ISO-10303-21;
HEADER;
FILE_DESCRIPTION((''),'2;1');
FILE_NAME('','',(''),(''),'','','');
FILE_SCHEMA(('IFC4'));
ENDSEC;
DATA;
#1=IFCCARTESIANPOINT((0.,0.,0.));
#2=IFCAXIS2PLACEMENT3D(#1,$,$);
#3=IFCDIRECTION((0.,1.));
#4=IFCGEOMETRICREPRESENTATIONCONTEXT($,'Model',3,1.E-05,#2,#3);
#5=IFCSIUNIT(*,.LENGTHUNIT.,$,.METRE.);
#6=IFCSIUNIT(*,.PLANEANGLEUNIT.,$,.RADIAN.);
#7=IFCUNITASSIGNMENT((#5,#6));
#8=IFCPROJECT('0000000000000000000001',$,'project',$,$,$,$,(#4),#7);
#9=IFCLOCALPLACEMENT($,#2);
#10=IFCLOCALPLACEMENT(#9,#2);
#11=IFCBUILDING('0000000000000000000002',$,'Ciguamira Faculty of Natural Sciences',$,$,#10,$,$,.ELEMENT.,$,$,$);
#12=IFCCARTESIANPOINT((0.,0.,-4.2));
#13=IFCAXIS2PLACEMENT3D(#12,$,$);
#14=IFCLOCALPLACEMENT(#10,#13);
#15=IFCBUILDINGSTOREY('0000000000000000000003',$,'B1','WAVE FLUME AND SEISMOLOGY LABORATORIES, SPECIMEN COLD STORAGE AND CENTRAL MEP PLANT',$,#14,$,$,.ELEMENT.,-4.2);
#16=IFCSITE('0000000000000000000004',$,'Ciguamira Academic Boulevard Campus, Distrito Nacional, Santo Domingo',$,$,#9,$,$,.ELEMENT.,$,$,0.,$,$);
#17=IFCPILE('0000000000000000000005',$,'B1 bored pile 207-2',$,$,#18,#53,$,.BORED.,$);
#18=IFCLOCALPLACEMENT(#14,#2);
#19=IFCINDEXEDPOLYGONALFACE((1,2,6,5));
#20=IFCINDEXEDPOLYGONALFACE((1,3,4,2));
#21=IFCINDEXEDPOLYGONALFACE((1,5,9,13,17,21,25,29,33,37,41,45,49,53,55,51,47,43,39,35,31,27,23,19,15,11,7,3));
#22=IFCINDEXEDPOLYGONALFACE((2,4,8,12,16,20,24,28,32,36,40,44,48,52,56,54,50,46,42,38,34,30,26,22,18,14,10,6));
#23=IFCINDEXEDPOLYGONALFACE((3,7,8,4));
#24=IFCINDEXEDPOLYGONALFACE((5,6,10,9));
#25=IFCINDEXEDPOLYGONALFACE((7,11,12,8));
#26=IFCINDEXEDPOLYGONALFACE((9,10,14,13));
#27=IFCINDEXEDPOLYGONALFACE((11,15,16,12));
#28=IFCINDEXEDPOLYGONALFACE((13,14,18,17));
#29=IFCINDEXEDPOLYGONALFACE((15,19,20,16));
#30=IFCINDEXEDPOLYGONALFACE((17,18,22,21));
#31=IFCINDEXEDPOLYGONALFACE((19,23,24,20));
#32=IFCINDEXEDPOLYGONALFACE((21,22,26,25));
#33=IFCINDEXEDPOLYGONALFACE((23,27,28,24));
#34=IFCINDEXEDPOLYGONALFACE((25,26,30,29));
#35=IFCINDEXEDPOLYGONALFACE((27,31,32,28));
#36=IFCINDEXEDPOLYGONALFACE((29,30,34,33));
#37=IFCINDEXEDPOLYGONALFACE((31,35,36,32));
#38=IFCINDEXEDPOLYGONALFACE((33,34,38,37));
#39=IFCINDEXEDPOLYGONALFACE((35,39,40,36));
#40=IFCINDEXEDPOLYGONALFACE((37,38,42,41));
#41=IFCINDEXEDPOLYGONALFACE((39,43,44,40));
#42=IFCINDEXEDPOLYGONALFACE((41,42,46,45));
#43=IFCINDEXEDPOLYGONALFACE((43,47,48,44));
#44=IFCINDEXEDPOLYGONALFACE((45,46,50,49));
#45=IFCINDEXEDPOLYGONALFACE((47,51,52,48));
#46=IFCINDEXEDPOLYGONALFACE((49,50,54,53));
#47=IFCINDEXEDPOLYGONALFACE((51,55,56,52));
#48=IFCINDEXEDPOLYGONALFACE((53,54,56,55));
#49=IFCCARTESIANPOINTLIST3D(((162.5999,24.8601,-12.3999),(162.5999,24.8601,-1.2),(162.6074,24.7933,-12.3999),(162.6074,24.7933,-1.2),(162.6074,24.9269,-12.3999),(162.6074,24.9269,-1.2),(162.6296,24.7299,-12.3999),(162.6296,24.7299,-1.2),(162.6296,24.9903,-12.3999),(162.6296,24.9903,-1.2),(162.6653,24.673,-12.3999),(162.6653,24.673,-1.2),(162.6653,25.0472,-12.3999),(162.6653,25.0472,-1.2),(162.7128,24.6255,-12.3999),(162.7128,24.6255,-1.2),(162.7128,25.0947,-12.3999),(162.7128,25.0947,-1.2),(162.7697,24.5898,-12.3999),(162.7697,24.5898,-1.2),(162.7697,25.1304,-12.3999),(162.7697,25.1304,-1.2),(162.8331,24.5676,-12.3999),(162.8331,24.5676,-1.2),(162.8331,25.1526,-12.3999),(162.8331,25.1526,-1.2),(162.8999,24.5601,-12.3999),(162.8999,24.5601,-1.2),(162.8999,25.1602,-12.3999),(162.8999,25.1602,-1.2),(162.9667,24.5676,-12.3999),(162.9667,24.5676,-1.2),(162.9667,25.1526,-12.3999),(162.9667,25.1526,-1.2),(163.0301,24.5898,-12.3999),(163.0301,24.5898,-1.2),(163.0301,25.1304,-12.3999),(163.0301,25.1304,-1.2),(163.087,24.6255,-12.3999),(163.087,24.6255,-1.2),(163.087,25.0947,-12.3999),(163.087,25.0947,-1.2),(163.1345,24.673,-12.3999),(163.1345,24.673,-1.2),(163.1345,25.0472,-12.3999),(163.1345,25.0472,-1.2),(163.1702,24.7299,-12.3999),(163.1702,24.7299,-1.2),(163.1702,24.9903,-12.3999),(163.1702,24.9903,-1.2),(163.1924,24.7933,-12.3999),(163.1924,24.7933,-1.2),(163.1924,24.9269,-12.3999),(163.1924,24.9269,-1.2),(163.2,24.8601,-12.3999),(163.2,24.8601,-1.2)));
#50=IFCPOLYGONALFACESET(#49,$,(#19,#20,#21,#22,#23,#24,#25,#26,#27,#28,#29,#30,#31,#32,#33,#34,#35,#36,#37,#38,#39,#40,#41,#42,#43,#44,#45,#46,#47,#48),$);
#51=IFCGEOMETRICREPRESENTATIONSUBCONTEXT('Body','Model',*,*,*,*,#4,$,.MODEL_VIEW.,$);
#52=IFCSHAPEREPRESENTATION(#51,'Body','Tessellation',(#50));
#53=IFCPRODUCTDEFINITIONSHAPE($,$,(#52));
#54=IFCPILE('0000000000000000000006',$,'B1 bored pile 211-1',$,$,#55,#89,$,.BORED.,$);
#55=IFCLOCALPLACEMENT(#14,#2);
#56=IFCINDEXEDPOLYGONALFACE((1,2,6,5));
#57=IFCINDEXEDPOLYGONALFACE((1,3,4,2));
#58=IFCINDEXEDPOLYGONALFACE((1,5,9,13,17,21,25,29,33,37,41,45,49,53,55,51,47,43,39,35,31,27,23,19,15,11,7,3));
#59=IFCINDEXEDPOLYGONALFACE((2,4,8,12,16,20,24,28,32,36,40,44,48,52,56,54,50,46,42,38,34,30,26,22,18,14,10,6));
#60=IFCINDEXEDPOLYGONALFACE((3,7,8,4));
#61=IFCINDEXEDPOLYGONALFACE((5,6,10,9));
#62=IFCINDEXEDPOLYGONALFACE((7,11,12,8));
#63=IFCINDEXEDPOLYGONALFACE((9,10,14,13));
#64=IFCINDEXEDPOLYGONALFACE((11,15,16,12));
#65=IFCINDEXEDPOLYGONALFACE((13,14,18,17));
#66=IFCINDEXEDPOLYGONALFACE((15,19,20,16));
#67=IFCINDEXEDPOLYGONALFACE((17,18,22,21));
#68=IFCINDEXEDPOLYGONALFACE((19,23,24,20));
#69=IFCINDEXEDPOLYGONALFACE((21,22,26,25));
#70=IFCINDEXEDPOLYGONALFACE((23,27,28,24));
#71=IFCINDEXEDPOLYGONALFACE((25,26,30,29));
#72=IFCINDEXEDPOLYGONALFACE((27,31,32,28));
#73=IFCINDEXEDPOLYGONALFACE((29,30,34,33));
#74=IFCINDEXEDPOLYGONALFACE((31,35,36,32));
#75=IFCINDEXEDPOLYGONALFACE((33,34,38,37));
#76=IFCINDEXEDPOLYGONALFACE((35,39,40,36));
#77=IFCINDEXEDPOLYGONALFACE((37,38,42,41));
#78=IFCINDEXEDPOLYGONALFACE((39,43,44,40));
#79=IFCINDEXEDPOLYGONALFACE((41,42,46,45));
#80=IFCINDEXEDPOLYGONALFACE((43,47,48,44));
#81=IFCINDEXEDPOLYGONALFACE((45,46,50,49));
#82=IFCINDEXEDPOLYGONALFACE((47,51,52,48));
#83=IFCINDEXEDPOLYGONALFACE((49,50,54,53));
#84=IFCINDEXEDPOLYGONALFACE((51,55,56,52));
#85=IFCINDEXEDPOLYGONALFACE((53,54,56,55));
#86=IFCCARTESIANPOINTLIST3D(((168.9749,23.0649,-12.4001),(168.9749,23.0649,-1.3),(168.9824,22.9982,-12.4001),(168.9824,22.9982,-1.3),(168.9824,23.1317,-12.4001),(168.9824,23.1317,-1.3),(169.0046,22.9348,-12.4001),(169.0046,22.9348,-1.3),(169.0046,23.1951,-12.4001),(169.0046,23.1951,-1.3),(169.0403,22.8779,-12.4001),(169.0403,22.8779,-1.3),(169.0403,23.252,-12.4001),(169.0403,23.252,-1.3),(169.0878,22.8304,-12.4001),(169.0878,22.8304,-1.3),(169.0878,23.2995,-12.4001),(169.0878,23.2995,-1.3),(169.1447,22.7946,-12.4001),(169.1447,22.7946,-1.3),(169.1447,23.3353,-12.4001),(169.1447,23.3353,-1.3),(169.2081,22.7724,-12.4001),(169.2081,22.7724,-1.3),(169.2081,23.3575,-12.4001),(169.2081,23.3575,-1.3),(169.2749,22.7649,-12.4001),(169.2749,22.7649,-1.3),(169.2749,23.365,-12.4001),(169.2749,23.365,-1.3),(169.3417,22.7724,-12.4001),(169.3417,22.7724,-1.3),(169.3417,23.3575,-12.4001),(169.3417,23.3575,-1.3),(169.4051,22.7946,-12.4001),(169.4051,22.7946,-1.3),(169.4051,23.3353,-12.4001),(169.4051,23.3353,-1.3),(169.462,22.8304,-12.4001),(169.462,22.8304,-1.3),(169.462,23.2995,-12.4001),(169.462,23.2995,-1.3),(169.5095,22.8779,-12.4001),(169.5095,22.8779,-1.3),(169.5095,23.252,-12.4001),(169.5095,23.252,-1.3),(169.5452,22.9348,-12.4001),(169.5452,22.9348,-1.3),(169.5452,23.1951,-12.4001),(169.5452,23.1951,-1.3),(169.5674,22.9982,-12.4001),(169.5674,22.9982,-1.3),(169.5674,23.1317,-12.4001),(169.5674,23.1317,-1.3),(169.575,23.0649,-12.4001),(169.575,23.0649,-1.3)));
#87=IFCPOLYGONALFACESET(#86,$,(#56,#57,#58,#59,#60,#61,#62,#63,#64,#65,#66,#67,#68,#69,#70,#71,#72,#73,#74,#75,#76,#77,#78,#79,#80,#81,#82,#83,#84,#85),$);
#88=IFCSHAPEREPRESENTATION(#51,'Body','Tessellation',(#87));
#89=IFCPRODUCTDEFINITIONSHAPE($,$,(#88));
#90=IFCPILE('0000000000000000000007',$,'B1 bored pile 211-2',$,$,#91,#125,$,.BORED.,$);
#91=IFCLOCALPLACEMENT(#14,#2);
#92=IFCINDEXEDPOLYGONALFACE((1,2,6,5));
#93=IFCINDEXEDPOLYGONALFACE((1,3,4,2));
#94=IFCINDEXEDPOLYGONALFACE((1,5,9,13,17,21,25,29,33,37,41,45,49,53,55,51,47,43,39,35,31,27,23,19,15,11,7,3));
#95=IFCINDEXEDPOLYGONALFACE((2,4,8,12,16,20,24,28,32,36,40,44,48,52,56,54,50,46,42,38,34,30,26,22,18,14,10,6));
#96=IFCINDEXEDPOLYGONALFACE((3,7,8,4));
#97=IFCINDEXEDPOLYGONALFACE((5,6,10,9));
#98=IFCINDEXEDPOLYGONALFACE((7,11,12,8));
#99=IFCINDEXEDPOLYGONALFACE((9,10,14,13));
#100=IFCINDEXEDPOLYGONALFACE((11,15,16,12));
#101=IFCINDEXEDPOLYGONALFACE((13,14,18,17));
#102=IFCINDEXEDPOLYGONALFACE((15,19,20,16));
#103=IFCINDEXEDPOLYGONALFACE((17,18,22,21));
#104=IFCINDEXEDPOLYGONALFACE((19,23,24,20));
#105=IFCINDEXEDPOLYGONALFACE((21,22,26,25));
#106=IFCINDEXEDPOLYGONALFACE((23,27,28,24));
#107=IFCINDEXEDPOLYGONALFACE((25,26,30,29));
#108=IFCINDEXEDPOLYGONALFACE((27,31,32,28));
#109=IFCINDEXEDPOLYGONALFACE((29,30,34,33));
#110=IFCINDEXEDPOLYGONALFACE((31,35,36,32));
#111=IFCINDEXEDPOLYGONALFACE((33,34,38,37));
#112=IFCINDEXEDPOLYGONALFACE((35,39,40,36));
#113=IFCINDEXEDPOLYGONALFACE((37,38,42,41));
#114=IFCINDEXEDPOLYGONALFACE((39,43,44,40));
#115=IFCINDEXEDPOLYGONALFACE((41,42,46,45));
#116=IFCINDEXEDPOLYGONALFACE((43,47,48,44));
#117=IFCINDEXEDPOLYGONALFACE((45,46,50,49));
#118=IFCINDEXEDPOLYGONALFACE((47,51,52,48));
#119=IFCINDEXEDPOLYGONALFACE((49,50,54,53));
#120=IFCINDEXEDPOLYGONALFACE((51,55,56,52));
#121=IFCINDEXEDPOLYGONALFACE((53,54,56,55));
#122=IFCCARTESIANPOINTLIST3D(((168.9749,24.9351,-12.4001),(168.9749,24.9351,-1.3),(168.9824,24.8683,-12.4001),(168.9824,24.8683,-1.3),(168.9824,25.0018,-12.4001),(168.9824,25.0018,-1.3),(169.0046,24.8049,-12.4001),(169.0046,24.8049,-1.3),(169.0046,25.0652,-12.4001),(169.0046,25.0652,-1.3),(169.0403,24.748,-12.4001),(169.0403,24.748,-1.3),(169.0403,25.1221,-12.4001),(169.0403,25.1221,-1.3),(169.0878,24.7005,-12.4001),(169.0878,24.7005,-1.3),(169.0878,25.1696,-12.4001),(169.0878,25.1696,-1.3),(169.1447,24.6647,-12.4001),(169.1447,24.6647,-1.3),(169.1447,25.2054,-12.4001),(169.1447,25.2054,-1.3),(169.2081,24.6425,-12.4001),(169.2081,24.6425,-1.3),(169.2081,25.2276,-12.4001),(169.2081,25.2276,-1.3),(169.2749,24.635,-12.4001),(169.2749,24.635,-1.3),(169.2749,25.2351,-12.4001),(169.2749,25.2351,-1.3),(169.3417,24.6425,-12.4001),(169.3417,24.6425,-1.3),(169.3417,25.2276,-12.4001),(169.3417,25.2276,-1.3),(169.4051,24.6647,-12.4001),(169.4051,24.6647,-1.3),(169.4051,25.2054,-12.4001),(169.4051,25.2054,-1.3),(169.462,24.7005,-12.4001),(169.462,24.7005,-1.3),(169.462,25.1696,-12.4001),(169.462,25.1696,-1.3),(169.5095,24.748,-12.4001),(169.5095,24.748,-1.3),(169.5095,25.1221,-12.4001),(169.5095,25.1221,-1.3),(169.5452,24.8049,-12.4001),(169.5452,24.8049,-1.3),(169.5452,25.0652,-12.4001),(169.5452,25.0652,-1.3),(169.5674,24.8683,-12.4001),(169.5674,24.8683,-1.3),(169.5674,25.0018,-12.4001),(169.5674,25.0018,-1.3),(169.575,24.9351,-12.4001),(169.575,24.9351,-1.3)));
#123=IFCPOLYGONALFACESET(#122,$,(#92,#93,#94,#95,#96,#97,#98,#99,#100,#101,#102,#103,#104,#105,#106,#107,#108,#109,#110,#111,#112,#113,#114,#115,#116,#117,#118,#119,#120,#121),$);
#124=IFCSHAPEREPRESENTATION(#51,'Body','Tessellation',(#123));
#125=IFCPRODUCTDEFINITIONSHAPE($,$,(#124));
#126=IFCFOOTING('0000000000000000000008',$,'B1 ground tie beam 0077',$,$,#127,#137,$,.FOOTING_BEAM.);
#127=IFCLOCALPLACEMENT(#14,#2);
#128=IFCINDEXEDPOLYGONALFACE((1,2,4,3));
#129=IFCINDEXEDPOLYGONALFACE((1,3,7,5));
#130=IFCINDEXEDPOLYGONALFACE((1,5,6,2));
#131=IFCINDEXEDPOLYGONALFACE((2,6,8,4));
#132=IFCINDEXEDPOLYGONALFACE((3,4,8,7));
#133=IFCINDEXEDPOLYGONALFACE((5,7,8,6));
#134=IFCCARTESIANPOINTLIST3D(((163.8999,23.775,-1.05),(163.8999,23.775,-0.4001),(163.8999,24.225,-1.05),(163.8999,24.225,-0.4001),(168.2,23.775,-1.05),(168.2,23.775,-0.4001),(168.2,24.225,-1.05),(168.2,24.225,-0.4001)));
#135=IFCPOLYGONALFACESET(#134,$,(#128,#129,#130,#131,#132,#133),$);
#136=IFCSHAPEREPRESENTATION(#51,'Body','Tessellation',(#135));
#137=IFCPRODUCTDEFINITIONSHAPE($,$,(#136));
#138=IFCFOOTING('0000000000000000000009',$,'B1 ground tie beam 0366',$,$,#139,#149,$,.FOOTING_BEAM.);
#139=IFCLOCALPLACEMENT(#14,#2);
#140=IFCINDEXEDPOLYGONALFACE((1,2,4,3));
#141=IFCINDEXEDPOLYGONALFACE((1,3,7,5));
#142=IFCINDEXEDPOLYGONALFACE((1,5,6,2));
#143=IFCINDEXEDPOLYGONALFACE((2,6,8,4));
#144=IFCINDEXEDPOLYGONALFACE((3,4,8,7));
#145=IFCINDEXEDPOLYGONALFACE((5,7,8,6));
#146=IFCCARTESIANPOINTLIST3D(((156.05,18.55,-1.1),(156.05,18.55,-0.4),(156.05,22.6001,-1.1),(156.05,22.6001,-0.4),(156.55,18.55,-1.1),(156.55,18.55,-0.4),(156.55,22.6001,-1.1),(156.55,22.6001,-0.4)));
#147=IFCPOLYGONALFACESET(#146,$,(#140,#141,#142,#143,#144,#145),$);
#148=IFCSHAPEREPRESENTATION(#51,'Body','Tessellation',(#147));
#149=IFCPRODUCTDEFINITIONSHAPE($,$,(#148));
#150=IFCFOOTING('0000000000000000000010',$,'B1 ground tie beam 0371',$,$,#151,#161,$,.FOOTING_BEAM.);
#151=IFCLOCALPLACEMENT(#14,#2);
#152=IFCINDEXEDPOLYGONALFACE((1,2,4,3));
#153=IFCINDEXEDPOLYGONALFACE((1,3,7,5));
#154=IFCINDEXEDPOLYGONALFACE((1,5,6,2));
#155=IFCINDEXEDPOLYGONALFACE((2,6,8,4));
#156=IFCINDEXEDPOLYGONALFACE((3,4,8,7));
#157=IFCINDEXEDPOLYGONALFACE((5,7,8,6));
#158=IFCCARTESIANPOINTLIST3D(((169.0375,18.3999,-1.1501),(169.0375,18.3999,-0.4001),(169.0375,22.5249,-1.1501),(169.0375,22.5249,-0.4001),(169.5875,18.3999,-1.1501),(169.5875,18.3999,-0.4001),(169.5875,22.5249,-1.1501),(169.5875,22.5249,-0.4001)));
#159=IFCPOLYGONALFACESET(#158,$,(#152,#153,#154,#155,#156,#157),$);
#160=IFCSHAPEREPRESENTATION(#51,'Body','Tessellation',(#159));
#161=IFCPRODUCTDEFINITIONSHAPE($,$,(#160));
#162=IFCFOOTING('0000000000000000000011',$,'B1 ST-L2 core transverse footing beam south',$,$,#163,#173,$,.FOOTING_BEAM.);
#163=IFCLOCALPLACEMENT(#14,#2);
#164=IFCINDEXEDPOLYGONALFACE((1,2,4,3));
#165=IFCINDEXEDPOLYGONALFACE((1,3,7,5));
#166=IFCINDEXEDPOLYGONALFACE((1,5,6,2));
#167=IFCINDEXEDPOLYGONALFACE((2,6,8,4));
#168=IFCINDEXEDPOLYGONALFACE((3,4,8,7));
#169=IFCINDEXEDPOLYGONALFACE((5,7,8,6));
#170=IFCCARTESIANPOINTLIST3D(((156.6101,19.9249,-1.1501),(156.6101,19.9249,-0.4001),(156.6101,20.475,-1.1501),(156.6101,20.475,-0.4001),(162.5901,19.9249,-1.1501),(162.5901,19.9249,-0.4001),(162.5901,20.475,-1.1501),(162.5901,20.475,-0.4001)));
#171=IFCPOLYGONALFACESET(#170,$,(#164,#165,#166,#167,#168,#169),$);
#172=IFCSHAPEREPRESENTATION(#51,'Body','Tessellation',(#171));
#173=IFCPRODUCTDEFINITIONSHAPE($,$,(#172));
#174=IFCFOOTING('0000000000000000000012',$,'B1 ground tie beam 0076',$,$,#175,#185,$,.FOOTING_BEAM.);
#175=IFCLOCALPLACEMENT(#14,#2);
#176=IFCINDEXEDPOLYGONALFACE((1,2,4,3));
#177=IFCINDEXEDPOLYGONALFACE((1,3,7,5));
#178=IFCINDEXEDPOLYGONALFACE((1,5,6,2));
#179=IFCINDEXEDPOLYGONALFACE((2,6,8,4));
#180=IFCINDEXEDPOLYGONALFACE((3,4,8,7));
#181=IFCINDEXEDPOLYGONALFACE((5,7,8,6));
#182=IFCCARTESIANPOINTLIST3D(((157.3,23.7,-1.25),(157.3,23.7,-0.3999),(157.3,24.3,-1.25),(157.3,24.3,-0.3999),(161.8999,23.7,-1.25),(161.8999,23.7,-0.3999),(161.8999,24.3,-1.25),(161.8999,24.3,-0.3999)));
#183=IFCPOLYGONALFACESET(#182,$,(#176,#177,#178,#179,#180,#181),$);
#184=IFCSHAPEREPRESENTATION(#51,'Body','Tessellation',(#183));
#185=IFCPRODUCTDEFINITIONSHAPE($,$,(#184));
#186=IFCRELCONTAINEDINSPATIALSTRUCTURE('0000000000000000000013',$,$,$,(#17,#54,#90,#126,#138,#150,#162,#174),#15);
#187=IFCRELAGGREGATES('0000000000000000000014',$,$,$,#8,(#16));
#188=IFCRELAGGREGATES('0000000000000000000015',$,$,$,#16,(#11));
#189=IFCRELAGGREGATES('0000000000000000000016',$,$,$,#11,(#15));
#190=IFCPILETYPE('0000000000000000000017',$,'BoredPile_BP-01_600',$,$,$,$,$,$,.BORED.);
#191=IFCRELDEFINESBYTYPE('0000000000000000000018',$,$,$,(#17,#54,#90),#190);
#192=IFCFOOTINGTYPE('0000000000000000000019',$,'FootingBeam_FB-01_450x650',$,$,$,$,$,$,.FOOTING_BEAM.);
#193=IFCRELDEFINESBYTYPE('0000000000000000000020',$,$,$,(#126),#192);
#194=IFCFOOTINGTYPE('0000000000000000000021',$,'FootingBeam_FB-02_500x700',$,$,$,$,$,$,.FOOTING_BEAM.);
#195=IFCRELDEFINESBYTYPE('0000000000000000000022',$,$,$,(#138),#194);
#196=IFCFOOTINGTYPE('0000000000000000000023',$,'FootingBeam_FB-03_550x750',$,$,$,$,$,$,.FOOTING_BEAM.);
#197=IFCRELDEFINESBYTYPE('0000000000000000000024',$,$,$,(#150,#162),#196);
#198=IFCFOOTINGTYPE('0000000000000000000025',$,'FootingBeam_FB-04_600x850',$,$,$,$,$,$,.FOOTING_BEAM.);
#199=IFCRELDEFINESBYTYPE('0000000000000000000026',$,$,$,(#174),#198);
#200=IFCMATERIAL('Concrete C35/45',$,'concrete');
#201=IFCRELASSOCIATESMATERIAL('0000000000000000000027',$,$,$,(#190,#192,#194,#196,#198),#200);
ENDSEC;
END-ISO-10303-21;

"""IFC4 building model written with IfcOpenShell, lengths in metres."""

from ifc_helpers import new_model, si_unit, direction, frame, origin, origin_2d, place, context, subcontext, project, spatial, rectangle, circle, extrude, material, material_profile, profile_set, type_object, element, save


model = new_model("IFC4")

# Units and contexts
model_context = context("Model", 3, precision=1e-05, world=origin(), true_north=direction((0.0, 1.0)))
body_context = subcontext(model_context, "Body", "Model", "MODEL_VIEW")
ifc_project = project(units=[si_unit("LENGTHUNIT", "METRE"), si_unit("PLANEANGLEUNIT", "RADIAN")], contexts=[model_context])

# Site, building, storey
site_placement = place(None, origin())
site = spatial("IfcSite", under=ifc_project, at=site_placement, Name="Ciguamira Academic Boulevard Campus, Distrito Nacional, Santo Domingo", CompositionType="ELEMENT", RefElevation=0.0)
building_placement = place(site_placement, origin())
building = spatial("IfcBuilding", under=site, at=building_placement, Name="Ciguamira Faculty of Natural Sciences", CompositionType="ELEMENT")
storey_placement = place(building_placement, frame((0.0, 0.0, -4.2)))
storey = spatial("IfcBuildingStorey", under=building, at=storey_placement, Name="B1", Description="WAVE FLUME AND SEISMOLOGY LABORATORIES, SPECIMEN COLD STORAGE AND CENTRAL MEP PLANT", CompositionType="ELEMENT", Elevation=-4.2)

# Piles
ifc_material_1 = material(Name="Concrete C35/45", Category="concrete")
ifc_material_profile_1 = material_profile(ifc_material_1, circle(Radius=0.3, at=origin_2d()), Name="PILE-BORED-600")
ifc_profile_set_1 = profile_set([ifc_material_profile_1], Name="Concrete C35/45")
pile_type = type_object("IfcPileType", Name="BoredPile_BP-01_600", PredefinedType="BORED", material=ifc_profile_set_1)
for number, where, z_axis, x_axis, name in (
    (1, (162.8999, 24.8601, -1.2), (0.0, 0.0, -1.0), (1.0, 0.0, 0.0), "B1 bored pile 207-2"),
):
    element("IfcPile", number, at=place(storey_placement, frame(where, z_axis=z_axis, x_axis=x_axis)), inside=storey, type_object=pile_type, Name=name, PredefinedType="BORED", context=body_context, shape_type="SweptSolid", body=[
        extrude(circle(Radius=0.3, at=origin_2d()), origin(), (0.0, 0.0, 1.0), 11.2),
    ])
for number, where, z_axis, x_axis, name in (
    (2, (169.2749, 23.0649, -1.3), (0.0, 0.0, -1.0), (1.0, 0.0, 0.0), "B1 bored pile 211-1"),
    (3, (169.2749, 24.9351, -1.3), (0.0, 0.0, -1.0), (1.0, 0.0, 0.0), "B1 bored pile 211-2"),
):
    element("IfcPile", number, at=place(storey_placement, frame(where, z_axis=z_axis, x_axis=x_axis)), inside=storey, type_object=pile_type, Name=name, PredefinedType="BORED", context=body_context, shape_type="SweptSolid", body=[
        extrude(circle(Radius=0.3, at=origin_2d()), origin(), (0.0, 0.0, 1.0), 11.1001),
    ])

# Footings
ifc_material_profile_2 = material_profile(ifc_material_1, rectangle(XDim=0.45, YDim=0.6499, at=origin_2d()), Name="RC-FB-450X650")
ifc_profile_set_2 = profile_set([ifc_material_profile_2], Name="Concrete C35/45")
footing_type_1 = type_object("IfcFootingType", Name="FootingBeam_FB-01_450x650", PredefinedType="FOOTING_BEAM", material=ifc_profile_set_2)
footing_1_placement = place(storey_placement, frame((163.8999, 24.0, -0.7251), z_axis=(1.0, 0.0, 0.0), x_axis=(0.0, 1.0, 0.0)))
element("IfcFooting", 4, at=footing_1_placement, inside=storey, type_object=footing_type_1, Name="B1 ground tie beam 0077", PredefinedType="FOOTING_BEAM", context=body_context, shape_type="SweptSolid", body=[
    extrude(rectangle(XDim=0.45, YDim=0.6499, at=origin_2d()), origin(), (0.0, 0.0, 1.0), 4.3),
])
ifc_material_profile_3 = material_profile(ifc_material_1, rectangle(XDim=0.5, YDim=0.7, at=origin_2d()), Name="RC-FB-500X700")
ifc_profile_set_3 = profile_set([ifc_material_profile_3], Name="Concrete C35/45")
footing_type_2 = type_object("IfcFootingType", Name="FootingBeam_FB-02_500x700", PredefinedType="FOOTING_BEAM", material=ifc_profile_set_3)
footing_2_placement = place(storey_placement, frame((156.3, 18.55, -0.75), z_axis=(0.0, 1.0, 0.0), x_axis=(-1.0, 0.0, 0.0)))
element("IfcFooting", 5, at=footing_2_placement, inside=storey, type_object=footing_type_2, Name="B1 ground tie beam 0366", PredefinedType="FOOTING_BEAM", context=body_context, shape_type="SweptSolid", body=[
    extrude(rectangle(XDim=0.5, YDim=0.7, at=origin_2d()), origin(), (0.0, 0.0, 1.0), 4.05),
])
ifc_material_profile_4 = material_profile(ifc_material_1, rectangle(XDim=0.55, YDim=0.75, at=origin_2d()), Name="RC-FB-550X750")
ifc_profile_set_4 = profile_set([ifc_material_profile_4], Name="Concrete C35/45")
footing_type_3 = type_object("IfcFootingType", Name="FootingBeam_FB-03_550x750", PredefinedType="FOOTING_BEAM", material=ifc_profile_set_4)
footing_3_placement = place(storey_placement, frame((169.3125, 18.3999, -0.7751), z_axis=(0.0, 1.0, 0.0), x_axis=(-1.0, 0.0, 0.0)))
element("IfcFooting", 6, at=footing_3_placement, inside=storey, type_object=footing_type_3, Name="B1 ground tie beam 0371", PredefinedType="FOOTING_BEAM", context=body_context, shape_type="SweptSolid", body=[
    extrude(rectangle(XDim=0.55, YDim=0.75, at=origin_2d()), origin(), (0.0, 0.0, 1.0), 4.125),
])
footing_4_placement = place(storey_placement, frame((156.6101, 20.2, -0.7751), z_axis=(1.0, 0.0, 0.0), x_axis=(0.0, 1.0, 0.0)))
element("IfcFooting", 7, at=footing_4_placement, inside=storey, type_object=footing_type_3, Name="B1 ST-L2 core transverse footing beam south", PredefinedType="FOOTING_BEAM", context=body_context, shape_type="SweptSolid", body=[
    extrude(rectangle(XDim=0.55, YDim=0.75, at=origin_2d()), origin(), (0.0, 0.0, 1.0), 5.98),
])
ifc_material_profile_5 = material_profile(ifc_material_1, rectangle(XDim=0.6001, YDim=0.8501, at=origin_2d()), Name="RC-FB-600X850")
ifc_profile_set_5 = profile_set([ifc_material_profile_5], Name="Concrete C35/45")
footing_type_4 = type_object("IfcFootingType", Name="FootingBeam_FB-04_600x850", PredefinedType="FOOTING_BEAM", material=ifc_profile_set_5)
footing_5_placement = place(storey_placement, frame((157.3, 24.0, -0.825), z_axis=(1.0, 0.0, 0.0), x_axis=(0.0, 1.0, 0.0)))
element("IfcFooting", 8, at=footing_5_placement, inside=storey, type_object=footing_type_4, Name="B1 ground tie beam 0076", PredefinedType="FOOTING_BEAM", context=body_context, shape_type="SweptSolid", body=[
    extrude(rectangle(XDim=0.6001, YDim=0.8501, at=origin_2d()), origin(), (0.0, 0.0, 1.0), 4.5999),
])

save(model, "model.ifc")
